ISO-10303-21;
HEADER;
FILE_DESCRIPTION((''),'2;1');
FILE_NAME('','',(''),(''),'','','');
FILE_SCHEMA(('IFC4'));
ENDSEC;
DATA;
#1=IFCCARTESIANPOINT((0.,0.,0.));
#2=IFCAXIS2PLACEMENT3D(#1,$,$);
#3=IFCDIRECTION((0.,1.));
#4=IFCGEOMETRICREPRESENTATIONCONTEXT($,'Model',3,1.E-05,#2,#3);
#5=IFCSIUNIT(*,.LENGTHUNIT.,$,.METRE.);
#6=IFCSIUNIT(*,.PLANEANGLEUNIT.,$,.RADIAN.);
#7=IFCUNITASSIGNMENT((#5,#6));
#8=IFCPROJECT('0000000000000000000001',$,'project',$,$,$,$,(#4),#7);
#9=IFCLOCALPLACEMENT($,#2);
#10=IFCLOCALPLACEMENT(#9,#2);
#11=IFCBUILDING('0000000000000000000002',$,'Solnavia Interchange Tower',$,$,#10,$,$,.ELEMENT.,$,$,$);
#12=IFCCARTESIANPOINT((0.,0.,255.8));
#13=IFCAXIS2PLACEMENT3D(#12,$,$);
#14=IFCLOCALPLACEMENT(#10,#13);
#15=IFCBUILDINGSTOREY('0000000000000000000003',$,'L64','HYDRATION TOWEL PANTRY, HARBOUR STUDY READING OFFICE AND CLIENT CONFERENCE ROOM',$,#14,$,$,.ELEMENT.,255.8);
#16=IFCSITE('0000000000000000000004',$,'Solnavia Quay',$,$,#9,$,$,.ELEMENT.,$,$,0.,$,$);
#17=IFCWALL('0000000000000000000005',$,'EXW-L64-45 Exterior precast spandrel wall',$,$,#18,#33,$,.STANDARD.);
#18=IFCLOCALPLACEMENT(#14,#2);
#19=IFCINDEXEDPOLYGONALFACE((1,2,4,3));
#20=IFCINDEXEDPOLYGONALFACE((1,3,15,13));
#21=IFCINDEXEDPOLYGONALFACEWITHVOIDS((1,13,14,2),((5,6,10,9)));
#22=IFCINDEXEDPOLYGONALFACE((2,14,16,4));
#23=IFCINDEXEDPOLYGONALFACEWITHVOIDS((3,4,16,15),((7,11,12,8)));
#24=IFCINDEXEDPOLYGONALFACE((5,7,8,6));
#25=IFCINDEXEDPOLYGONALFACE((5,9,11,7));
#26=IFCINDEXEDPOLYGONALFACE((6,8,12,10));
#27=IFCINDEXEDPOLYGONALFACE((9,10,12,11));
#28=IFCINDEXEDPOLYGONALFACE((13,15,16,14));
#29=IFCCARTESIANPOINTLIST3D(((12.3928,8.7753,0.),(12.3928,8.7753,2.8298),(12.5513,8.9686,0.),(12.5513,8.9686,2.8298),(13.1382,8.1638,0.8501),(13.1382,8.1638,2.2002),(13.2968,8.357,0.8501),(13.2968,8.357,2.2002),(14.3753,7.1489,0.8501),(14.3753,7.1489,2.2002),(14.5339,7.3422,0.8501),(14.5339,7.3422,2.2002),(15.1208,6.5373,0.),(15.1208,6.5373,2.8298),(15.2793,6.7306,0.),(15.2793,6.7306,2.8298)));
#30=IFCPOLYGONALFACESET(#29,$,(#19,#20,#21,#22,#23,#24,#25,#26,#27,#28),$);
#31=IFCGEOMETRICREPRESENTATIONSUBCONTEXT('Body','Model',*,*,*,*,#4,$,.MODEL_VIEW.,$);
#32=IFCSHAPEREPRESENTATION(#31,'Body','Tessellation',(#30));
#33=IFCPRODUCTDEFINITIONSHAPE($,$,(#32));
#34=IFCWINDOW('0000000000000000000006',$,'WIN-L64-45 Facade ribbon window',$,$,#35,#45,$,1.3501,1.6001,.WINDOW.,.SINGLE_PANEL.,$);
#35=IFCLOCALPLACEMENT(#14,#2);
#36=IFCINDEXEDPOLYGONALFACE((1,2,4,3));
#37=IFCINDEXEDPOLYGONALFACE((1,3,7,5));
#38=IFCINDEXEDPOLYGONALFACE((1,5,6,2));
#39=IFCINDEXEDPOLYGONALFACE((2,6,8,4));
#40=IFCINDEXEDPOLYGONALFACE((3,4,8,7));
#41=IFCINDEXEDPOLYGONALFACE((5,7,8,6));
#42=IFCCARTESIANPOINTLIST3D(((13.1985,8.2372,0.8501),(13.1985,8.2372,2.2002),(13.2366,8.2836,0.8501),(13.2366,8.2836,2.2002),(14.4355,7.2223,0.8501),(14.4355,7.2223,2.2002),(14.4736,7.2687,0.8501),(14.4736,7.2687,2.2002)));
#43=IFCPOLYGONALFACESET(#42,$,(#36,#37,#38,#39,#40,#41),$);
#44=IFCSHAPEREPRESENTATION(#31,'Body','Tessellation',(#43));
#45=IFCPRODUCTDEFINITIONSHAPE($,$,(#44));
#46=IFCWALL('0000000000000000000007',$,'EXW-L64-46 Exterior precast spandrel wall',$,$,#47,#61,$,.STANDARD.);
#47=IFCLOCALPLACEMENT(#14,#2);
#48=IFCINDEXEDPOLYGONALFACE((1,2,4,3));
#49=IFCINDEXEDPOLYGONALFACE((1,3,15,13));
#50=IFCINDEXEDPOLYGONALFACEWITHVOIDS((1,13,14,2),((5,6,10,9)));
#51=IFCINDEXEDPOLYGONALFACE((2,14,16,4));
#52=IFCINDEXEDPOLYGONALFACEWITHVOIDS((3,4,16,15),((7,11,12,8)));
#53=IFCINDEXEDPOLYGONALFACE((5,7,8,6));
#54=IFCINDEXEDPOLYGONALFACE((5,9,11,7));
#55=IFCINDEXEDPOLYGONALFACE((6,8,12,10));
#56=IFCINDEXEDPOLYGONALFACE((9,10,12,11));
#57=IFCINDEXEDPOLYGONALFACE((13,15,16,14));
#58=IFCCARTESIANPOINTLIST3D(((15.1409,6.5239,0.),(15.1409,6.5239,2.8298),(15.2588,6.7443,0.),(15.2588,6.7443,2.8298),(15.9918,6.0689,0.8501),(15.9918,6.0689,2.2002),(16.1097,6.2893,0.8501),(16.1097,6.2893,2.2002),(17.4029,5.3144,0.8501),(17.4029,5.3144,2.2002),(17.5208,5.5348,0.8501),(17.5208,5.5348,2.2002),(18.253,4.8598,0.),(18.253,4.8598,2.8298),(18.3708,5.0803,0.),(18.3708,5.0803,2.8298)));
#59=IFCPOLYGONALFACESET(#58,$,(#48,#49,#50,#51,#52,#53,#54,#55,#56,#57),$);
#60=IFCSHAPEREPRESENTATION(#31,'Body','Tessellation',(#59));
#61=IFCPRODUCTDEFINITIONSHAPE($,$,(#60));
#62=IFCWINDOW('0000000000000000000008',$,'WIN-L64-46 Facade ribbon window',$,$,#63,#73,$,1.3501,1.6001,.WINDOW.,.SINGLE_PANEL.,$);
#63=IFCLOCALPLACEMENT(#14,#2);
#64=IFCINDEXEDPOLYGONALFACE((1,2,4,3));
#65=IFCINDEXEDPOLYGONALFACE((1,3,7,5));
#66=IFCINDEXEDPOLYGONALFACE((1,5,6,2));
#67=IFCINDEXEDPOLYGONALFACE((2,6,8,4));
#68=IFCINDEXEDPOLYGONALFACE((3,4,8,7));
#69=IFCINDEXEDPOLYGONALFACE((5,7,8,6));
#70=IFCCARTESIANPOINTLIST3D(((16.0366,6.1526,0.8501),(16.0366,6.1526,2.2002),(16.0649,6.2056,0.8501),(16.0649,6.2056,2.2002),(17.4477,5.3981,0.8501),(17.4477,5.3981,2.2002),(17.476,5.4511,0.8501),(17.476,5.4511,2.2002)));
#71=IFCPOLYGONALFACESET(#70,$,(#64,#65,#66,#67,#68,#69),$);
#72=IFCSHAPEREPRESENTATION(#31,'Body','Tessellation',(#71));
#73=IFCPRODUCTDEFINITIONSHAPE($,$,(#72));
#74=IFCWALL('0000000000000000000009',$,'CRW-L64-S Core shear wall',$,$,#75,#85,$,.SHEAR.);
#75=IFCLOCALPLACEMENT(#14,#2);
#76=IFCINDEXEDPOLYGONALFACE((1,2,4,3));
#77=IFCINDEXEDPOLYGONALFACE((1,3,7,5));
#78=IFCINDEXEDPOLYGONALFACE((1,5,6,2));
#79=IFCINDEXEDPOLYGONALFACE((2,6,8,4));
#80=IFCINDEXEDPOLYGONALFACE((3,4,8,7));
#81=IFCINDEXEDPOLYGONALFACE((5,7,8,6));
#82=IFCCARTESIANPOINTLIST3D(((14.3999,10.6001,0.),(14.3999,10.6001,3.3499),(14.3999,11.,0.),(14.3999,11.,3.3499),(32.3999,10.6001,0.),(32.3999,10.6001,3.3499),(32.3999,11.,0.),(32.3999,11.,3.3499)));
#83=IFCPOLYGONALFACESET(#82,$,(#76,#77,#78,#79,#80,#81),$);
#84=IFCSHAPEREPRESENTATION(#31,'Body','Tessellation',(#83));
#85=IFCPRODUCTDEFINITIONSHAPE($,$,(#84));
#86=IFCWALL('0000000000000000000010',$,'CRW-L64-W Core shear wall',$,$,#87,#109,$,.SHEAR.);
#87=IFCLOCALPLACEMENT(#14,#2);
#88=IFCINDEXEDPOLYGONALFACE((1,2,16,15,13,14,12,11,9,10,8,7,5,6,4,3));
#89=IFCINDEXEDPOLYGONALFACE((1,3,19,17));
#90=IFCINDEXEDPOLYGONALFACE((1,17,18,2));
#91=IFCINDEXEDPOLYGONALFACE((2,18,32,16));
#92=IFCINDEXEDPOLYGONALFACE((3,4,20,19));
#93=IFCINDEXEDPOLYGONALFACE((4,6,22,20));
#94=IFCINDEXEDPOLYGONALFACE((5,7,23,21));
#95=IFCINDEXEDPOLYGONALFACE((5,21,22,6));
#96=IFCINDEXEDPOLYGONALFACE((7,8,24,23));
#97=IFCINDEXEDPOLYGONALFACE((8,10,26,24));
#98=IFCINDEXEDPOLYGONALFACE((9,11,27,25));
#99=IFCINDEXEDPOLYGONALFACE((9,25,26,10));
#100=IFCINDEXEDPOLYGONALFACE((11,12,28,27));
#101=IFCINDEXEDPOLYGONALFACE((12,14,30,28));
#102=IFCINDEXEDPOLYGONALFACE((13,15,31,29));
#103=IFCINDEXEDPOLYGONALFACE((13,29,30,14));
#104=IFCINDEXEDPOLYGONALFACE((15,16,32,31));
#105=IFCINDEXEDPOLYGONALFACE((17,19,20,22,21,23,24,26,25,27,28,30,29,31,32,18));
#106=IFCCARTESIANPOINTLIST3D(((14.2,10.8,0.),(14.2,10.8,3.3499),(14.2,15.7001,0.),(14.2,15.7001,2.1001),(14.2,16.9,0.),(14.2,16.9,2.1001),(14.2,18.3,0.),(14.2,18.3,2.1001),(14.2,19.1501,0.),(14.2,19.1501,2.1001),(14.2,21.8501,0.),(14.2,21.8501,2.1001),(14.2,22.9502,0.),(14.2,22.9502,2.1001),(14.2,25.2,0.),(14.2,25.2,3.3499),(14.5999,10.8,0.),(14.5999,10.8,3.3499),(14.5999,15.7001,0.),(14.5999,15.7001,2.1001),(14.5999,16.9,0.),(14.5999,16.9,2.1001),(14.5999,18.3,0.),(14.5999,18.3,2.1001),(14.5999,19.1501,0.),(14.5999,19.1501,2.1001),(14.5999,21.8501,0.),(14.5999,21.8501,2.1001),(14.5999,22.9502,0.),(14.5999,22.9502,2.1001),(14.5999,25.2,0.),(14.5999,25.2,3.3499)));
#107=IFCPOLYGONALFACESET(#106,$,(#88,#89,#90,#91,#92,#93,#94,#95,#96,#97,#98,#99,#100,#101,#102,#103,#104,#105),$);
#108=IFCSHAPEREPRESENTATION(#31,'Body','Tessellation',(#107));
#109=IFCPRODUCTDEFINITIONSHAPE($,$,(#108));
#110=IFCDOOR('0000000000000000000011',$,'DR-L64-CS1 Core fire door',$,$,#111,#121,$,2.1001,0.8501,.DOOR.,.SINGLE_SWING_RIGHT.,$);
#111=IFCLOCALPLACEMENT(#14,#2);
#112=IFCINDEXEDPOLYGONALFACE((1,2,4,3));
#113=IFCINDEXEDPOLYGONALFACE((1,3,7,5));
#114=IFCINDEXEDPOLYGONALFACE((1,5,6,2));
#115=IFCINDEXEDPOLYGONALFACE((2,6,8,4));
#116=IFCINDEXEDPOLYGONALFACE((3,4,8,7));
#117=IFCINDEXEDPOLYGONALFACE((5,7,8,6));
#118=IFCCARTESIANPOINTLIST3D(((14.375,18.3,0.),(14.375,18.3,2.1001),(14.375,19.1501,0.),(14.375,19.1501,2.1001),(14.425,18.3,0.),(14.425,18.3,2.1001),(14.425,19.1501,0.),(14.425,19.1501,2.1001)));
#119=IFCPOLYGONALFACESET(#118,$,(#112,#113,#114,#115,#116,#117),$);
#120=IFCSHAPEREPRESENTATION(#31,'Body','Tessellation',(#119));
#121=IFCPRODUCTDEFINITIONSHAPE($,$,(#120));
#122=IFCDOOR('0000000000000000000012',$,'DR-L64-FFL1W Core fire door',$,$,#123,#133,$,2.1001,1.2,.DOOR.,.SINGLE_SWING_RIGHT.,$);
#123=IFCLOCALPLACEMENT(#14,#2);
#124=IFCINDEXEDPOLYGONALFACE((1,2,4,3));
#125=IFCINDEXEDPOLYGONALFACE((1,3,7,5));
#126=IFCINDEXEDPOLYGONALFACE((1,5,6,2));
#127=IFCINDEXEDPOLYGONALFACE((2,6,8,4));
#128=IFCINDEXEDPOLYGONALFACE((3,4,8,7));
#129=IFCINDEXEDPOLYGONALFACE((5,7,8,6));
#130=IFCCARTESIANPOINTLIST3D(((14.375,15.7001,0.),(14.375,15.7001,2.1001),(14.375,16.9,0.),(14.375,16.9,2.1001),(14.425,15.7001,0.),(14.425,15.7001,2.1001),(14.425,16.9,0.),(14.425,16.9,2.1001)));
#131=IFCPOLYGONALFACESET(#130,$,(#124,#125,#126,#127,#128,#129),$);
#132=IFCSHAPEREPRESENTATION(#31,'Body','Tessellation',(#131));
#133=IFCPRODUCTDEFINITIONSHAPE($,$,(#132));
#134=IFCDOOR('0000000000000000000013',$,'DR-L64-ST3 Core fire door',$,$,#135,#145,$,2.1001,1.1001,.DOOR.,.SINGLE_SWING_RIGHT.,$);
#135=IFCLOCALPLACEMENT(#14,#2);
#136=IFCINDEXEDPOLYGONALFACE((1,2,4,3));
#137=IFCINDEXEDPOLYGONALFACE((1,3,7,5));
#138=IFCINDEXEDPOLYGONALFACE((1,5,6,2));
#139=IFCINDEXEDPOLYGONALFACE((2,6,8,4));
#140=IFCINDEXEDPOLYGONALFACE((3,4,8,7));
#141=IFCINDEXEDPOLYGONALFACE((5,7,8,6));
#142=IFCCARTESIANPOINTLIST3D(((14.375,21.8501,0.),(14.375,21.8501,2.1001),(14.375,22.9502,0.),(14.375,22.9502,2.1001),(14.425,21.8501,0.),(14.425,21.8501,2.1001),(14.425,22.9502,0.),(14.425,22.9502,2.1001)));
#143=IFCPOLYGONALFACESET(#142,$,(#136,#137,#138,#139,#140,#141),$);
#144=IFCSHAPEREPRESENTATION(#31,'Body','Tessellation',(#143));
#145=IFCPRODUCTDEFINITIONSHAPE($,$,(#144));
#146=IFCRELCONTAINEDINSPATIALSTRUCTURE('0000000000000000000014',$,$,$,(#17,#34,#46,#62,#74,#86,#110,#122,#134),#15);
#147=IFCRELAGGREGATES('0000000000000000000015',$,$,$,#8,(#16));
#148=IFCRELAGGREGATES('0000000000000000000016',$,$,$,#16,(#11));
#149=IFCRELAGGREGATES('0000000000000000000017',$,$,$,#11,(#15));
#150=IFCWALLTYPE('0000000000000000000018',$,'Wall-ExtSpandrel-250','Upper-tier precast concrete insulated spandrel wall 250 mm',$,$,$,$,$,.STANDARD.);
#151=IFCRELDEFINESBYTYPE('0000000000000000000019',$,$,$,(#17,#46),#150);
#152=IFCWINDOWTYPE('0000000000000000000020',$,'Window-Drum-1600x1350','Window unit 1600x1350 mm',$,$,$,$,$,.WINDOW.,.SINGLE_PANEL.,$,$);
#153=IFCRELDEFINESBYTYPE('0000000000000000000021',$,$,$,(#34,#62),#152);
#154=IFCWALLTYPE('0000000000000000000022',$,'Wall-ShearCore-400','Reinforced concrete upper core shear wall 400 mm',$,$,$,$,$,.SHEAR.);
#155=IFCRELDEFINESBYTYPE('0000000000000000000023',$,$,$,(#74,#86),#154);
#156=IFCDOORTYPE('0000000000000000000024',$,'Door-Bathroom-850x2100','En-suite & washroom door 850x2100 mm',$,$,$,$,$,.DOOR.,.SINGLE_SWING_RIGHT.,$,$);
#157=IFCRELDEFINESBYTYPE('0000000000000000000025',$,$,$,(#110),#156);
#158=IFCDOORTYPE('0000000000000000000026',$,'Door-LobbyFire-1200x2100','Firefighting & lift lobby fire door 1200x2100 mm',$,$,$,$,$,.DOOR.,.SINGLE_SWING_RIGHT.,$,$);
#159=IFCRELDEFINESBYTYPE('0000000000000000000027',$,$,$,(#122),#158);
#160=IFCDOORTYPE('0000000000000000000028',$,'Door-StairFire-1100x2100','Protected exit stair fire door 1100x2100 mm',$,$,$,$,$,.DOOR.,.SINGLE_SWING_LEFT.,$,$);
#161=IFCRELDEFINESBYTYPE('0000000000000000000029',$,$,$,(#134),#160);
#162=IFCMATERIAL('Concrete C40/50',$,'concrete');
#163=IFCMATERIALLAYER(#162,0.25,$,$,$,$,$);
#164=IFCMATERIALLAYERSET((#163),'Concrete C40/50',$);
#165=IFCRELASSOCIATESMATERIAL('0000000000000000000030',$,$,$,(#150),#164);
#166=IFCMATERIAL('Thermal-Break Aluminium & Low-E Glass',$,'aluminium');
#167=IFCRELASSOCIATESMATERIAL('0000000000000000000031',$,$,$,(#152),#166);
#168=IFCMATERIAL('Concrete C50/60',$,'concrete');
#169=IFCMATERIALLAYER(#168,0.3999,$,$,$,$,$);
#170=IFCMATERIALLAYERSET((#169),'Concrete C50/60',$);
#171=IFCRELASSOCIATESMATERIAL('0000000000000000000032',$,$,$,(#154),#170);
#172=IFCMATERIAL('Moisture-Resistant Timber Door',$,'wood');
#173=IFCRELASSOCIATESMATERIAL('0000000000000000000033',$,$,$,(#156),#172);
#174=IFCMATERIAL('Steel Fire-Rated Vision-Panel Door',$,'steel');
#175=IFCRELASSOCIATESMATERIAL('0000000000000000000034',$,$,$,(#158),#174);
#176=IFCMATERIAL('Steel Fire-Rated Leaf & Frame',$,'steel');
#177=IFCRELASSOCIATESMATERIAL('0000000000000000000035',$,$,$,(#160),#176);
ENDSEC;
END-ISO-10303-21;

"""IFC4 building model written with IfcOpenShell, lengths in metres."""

from ifc_helpers import new_model, si_unit, direction, frame, frame_2d, origin, place, context, subcontext, project, spatial, rectangle, extrude, material, layer, layer_set, type_object, element, fill, save


model = new_model("IFC4")

# Units and contexts
model_context = context("Model", 3, precision=1e-05, world=origin(), true_north=direction((0.0, 1.0)))
body_context = subcontext(model_context, "Body", "Model", "MODEL_VIEW")
ifc_project = project(units=[si_unit("LENGTHUNIT", "METRE"), si_unit("PLANEANGLEUNIT", "RADIAN")], contexts=[model_context])

# Site, building, storey
site_placement = place(None, origin())
site = spatial("IfcSite", under=ifc_project, at=site_placement, Name="Solnavia Quay", CompositionType="ELEMENT", RefElevation=0.0)
building_placement = place(site_placement, origin())
building = spatial("IfcBuilding", under=site, at=building_placement, Name="Solnavia Interchange Tower", CompositionType="ELEMENT")
storey_placement = place(building_placement, frame((0.0, 0.0, 255.8)))
storey = spatial("IfcBuildingStorey", under=building, at=storey_placement, Name="L64", Description="HYDRATION TOWEL PANTRY, HARBOUR STUDY READING OFFICE AND CLIENT CONFERENCE ROOM", CompositionType="ELEMENT", Elevation=255.8)

# Shared definitions
ifc_material_1 = material(Name="Concrete C50/60", Category="concrete")

# Walls, openings, windows
ifc_material_2 = material(Name="Concrete C40/50", Category="concrete")
ifc_layer_1 = layer(ifc_material_2, 0.25)
ifc_layer_set_1 = layer_set([ifc_layer_1], Name="Concrete C40/50")
wall_type_1 = type_object("IfcWallType", Name="Wall-ExtSpandrel-250", Description="Upper-tier precast concrete insulated spandrel wall 250 mm", PredefinedType="STANDARD", material=ifc_layer_set_1)
wall_1_placement = place(storey_placement, frame((15.2, 6.634, 0.0), z_axis=(0.0, 0.0, 1.0), x_axis=(-0.773121, 0.634258, 0.0)))
wall_1 = element("IfcWall", 1, at=wall_1_placement, inside=storey, type_object=wall_type_1, Name="EXW-L64-45 Exterior precast spandrel wall", PredefinedType="STANDARD", context=body_context, shape_type="SweptSolid", body=[
    extrude(rectangle(XDim=3.5286, YDim=0.25, at=frame_2d((1.7642, 0.0))), origin(), (0.0, 0.0, 1.0), 2.8298),
])
opening_1_placement = place(wall_1_placement, frame((0.9641, 0.0, 0.8501)))
opening_1 = element("IfcOpeningElement", 2, at=opening_1_placement, cuts=wall_1, PredefinedType="OPENING", context=body_context, shape_type="SweptSolid", body=[
    extrude(rectangle(XDim=1.6001, YDim=1.3501, at=frame_2d((0.8, 0.675))), frame((0.0, 0.135, 0.0), z_axis=(0.0, -1.0, 0.0), x_axis=(1.0, 0.0, 0.0)), (0.0, 0.0, 1.0), 0.27),
])
ifc_material_3 = material(Name="Thermal-Break Aluminium & Low-E Glass", Category="aluminium")
window_type = type_object("IfcWindowType", Name="Window-Drum-1600x1350", Description="Window unit 1600x1350 mm", PartitioningType="SINGLE_PANEL", PredefinedType="WINDOW", material=ifc_material_3)
window_1_placement = place(opening_1_placement, origin())
window_1 = element("IfcWindow", 3, at=window_1_placement, inside=storey, type_object=window_type, Name="WIN-L64-45 Facade ribbon window", OverallHeight=1.3501, OverallWidth=1.6001, PartitioningType="SINGLE_PANEL", PredefinedType="WINDOW", context=body_context, shape_type="SweptSolid", body=[
    extrude(rectangle(XDim=1.6001, YDim=1.3501, at=frame_2d((0.8, 0.675))), frame((0.0, 0.03, 0.0), z_axis=(0.0, -1.0, 0.0), x_axis=(1.0, 0.0, 0.0)), (0.0, 0.0, 1.0), 0.0601),
])
fill(opening_1, window_1)
wall_2_placement = place(storey_placement, frame((18.312, 4.97, 0.0), z_axis=(0.0, 0.0, 1.0), x_axis=(-0.881847, 0.471536, 0.0)))
wall_2 = element("IfcWall", 4, at=wall_2_placement, inside=storey, type_object=wall_type_1, Name="EXW-L64-46 Exterior precast spandrel wall", PredefinedType="STANDARD", context=body_context, shape_type="SweptSolid", body=[
    extrude(rectangle(XDim=3.5291, YDim=0.25, at=frame_2d((1.7646, 0.0))), origin(), (0.0, 0.0, 1.0), 2.8298),
])
opening_2_placement = place(wall_2_placement, frame((0.9641, 0.0, 0.8501)))
opening_2 = element("IfcOpeningElement", 5, at=opening_2_placement, cuts=wall_2, PredefinedType="OPENING", context=body_context, shape_type="SweptSolid", body=[
    extrude(rectangle(XDim=1.6001, YDim=1.3501, at=frame_2d((0.8, 0.675))), frame((0.0, 0.135, 0.0), z_axis=(0.0, -1.0, 0.0), x_axis=(1.0, 0.0, 0.0)), (0.0, 0.0, 1.0), 0.27),
])
window_2_placement = place(opening_2_placement, origin())
window_2 = element("IfcWindow", 6, at=window_2_placement, inside=storey, type_object=window_type, Name="WIN-L64-46 Facade ribbon window", OverallHeight=1.3501, OverallWidth=1.6001, PartitioningType="SINGLE_PANEL", PredefinedType="WINDOW", context=body_context, shape_type="SweptSolid", body=[
    extrude(rectangle(XDim=1.6001, YDim=1.3501, at=frame_2d((0.8, 0.675))), frame((0.0, 0.03, 0.0), z_axis=(0.0, -1.0, 0.0), x_axis=(1.0, 0.0, 0.0)), (0.0, 0.0, 1.0), 0.0601),
])
fill(opening_2, window_2)

# Wall
ifc_layer_2 = layer(ifc_material_1, 0.3999)
ifc_layer_set_2 = layer_set([ifc_layer_2], Name="Concrete C50/60")
wall_type_2 = type_object("IfcWallType", Name="Wall-ShearCore-400", Description="Reinforced concrete upper core shear wall 400 mm", PredefinedType="SHEAR", material=ifc_layer_set_2)
wall_3_placement = place(storey_placement, frame((14.3999, 10.8, 0.0), z_axis=(0.0, 0.0, 1.0), x_axis=(1.0, 0.0, 0.0)))
element("IfcWall", 7, at=wall_3_placement, inside=storey, type_object=wall_type_2, Name="CRW-L64-S Core shear wall", PredefinedType="SHEAR", context=body_context, shape_type="SweptSolid", body=[
    extrude(rectangle(XDim=18.0, YDim=0.3999, at=frame_2d((9.0, 0.0))), origin(), (0.0, 0.0, 1.0), 3.3499),
])

# Wall, openings, doors
wall_4_placement = place(storey_placement, frame((14.3999, 10.8, 0.0), z_axis=(0.0, 0.0, 1.0), x_axis=(0.0, 1.0, 0.0)))
wall_4 = element("IfcWall", 8, at=wall_4_placement, inside=storey, type_object=wall_type_2, Name="CRW-L64-W Core shear wall", PredefinedType="SHEAR", context=body_context, shape_type="SweptSolid", body=[
    extrude(rectangle(XDim=14.3999, YDim=0.3999, at=frame_2d((7.2, 0.0))), origin(), (0.0, 0.0, 1.0), 3.3499),
])
opening_3_placement = place(wall_4_placement, frame((11.05, 0.0, 0.0)))
opening_3 = element("IfcOpeningElement", 9, at=opening_3_placement, cuts=wall_4, PredefinedType="OPENING", context=body_context, shape_type="SweptSolid", body=[
    extrude(rectangle(XDim=1.1001, YDim=2.1001, at=frame_2d((0.55, 1.05))), frame((0.0, 0.21, 0.0), z_axis=(0.0, -1.0, 0.0), x_axis=(1.0, 0.0, 0.0)), (0.0, 0.0, 1.0), 0.4199),
])
opening_4_placement = place(wall_4_placement, frame((4.8999, 0.0, 0.0)))
opening_4 = element("IfcOpeningElement", 10, at=opening_4_placement, cuts=wall_4, PredefinedType="OPENING", context=body_context, shape_type="SweptSolid", body=[
    extrude(rectangle(XDim=1.2, YDim=2.1001, at=frame_2d((0.6001, 1.05))), frame((0.0, 0.21, 0.0), z_axis=(0.0, -1.0, 0.0), x_axis=(1.0, 0.0, 0.0)), (0.0, 0.0, 1.0), 0.4199),
])
opening_5_placement = place(wall_4_placement, frame((7.5, 0.0, 0.0)))
opening_5 = element("IfcOpeningElement", 11, at=opening_5_placement, cuts=wall_4, PredefinedType="OPENING", context=body_context, shape_type="SweptSolid", body=[
    extrude(rectangle(XDim=0.8501, YDim=2.1001, at=frame_2d((0.425, 1.05))), frame((0.0, 0.21, 0.0), z_axis=(0.0, -1.0, 0.0), x_axis=(1.0, 0.0, 0.0)), (0.0, 0.0, 1.0), 0.4199),
])
ifc_material_4 = material(Name="Moisture-Resistant Timber Door", Category="wood")
door_type_1 = type_object("IfcDoorType", Name="Door-Bathroom-850x2100", Description="En-suite & washroom door 850x2100 mm", OperationType="SINGLE_SWING_RIGHT", PredefinedType="DOOR", material=ifc_material_4)
door_1_placement = place(opening_5_placement, origin())
door_1 = element("IfcDoor", 12, at=door_1_placement, inside=storey, type_object=door_type_1, Name="DR-L64-CS1 Core fire door", OperationType="SINGLE_SWING_RIGHT", OverallHeight=2.1001, OverallWidth=0.8501, PredefinedType="DOOR", context=body_context, shape_type="SweptSolid", body=[
    extrude(rectangle(XDim=0.8501, YDim=2.1001, at=frame_2d((0.425, 1.05))), frame((0.0, 0.0249, 0.0), z_axis=(0.0, -1.0, 0.0), x_axis=(1.0, 0.0, 0.0)), (0.0, 0.0, 1.0), 0.05),
])
fill(opening_5, door_1)
ifc_material_5 = material(Name="Steel Fire-Rated Vision-Panel Door", Category="steel")
door_type_2 = type_object("IfcDoorType", Name="Door-LobbyFire-1200x2100", Description="Firefighting & lift lobby fire door 1200x2100 mm", OperationType="SINGLE_SWING_RIGHT", PredefinedType="DOOR", material=ifc_material_5)
door_2_placement = place(opening_4_placement, origin())
door_2 = element("IfcDoor", 13, at=door_2_placement, inside=storey, type_object=door_type_2, Name="DR-L64-FFL1W Core fire door", OperationType="SINGLE_SWING_RIGHT", OverallHeight=2.1001, OverallWidth=1.2, PredefinedType="DOOR", context=body_context, shape_type="SweptSolid", body=[
    extrude(rectangle(XDim=1.2, YDim=2.1001, at=frame_2d((0.6001, 1.05))), frame((0.0, 0.0249, 0.0), z_axis=(0.0, -1.0, 0.0), x_axis=(1.0, 0.0, 0.0)), (0.0, 0.0, 1.0), 0.05),
])
fill(opening_4, door_2)
ifc_material_6 = material(Name="Steel Fire-Rated Leaf & Frame", Category="steel")
door_type_3 = type_object("IfcDoorType", Name="Door-StairFire-1100x2100", Description="Protected exit stair fire door 1100x2100 mm", OperationType="SINGLE_SWING_LEFT", PredefinedType="DOOR", material=ifc_material_6)
door_3_placement = place(opening_3_placement, origin())
door_3 = element("IfcDoor", 14, at=door_3_placement, inside=storey, type_object=door_type_3, Name="DR-L64-ST3 Core fire door", OperationType="SINGLE_SWING_RIGHT", OverallHeight=2.1001, OverallWidth=1.1001, PredefinedType="DOOR", context=body_context, shape_type="SweptSolid", body=[
    extrude(rectangle(XDim=1.1001, YDim=2.1001, at=frame_2d((0.55, 1.05))), frame((0.0, 0.0249, 0.0), z_axis=(0.0, -1.0, 0.0), x_axis=(1.0, 0.0, 0.0)), (0.0, 0.0, 1.0), 0.05),
])
fill(opening_3, door_3)

save(model, "model.ifc")
